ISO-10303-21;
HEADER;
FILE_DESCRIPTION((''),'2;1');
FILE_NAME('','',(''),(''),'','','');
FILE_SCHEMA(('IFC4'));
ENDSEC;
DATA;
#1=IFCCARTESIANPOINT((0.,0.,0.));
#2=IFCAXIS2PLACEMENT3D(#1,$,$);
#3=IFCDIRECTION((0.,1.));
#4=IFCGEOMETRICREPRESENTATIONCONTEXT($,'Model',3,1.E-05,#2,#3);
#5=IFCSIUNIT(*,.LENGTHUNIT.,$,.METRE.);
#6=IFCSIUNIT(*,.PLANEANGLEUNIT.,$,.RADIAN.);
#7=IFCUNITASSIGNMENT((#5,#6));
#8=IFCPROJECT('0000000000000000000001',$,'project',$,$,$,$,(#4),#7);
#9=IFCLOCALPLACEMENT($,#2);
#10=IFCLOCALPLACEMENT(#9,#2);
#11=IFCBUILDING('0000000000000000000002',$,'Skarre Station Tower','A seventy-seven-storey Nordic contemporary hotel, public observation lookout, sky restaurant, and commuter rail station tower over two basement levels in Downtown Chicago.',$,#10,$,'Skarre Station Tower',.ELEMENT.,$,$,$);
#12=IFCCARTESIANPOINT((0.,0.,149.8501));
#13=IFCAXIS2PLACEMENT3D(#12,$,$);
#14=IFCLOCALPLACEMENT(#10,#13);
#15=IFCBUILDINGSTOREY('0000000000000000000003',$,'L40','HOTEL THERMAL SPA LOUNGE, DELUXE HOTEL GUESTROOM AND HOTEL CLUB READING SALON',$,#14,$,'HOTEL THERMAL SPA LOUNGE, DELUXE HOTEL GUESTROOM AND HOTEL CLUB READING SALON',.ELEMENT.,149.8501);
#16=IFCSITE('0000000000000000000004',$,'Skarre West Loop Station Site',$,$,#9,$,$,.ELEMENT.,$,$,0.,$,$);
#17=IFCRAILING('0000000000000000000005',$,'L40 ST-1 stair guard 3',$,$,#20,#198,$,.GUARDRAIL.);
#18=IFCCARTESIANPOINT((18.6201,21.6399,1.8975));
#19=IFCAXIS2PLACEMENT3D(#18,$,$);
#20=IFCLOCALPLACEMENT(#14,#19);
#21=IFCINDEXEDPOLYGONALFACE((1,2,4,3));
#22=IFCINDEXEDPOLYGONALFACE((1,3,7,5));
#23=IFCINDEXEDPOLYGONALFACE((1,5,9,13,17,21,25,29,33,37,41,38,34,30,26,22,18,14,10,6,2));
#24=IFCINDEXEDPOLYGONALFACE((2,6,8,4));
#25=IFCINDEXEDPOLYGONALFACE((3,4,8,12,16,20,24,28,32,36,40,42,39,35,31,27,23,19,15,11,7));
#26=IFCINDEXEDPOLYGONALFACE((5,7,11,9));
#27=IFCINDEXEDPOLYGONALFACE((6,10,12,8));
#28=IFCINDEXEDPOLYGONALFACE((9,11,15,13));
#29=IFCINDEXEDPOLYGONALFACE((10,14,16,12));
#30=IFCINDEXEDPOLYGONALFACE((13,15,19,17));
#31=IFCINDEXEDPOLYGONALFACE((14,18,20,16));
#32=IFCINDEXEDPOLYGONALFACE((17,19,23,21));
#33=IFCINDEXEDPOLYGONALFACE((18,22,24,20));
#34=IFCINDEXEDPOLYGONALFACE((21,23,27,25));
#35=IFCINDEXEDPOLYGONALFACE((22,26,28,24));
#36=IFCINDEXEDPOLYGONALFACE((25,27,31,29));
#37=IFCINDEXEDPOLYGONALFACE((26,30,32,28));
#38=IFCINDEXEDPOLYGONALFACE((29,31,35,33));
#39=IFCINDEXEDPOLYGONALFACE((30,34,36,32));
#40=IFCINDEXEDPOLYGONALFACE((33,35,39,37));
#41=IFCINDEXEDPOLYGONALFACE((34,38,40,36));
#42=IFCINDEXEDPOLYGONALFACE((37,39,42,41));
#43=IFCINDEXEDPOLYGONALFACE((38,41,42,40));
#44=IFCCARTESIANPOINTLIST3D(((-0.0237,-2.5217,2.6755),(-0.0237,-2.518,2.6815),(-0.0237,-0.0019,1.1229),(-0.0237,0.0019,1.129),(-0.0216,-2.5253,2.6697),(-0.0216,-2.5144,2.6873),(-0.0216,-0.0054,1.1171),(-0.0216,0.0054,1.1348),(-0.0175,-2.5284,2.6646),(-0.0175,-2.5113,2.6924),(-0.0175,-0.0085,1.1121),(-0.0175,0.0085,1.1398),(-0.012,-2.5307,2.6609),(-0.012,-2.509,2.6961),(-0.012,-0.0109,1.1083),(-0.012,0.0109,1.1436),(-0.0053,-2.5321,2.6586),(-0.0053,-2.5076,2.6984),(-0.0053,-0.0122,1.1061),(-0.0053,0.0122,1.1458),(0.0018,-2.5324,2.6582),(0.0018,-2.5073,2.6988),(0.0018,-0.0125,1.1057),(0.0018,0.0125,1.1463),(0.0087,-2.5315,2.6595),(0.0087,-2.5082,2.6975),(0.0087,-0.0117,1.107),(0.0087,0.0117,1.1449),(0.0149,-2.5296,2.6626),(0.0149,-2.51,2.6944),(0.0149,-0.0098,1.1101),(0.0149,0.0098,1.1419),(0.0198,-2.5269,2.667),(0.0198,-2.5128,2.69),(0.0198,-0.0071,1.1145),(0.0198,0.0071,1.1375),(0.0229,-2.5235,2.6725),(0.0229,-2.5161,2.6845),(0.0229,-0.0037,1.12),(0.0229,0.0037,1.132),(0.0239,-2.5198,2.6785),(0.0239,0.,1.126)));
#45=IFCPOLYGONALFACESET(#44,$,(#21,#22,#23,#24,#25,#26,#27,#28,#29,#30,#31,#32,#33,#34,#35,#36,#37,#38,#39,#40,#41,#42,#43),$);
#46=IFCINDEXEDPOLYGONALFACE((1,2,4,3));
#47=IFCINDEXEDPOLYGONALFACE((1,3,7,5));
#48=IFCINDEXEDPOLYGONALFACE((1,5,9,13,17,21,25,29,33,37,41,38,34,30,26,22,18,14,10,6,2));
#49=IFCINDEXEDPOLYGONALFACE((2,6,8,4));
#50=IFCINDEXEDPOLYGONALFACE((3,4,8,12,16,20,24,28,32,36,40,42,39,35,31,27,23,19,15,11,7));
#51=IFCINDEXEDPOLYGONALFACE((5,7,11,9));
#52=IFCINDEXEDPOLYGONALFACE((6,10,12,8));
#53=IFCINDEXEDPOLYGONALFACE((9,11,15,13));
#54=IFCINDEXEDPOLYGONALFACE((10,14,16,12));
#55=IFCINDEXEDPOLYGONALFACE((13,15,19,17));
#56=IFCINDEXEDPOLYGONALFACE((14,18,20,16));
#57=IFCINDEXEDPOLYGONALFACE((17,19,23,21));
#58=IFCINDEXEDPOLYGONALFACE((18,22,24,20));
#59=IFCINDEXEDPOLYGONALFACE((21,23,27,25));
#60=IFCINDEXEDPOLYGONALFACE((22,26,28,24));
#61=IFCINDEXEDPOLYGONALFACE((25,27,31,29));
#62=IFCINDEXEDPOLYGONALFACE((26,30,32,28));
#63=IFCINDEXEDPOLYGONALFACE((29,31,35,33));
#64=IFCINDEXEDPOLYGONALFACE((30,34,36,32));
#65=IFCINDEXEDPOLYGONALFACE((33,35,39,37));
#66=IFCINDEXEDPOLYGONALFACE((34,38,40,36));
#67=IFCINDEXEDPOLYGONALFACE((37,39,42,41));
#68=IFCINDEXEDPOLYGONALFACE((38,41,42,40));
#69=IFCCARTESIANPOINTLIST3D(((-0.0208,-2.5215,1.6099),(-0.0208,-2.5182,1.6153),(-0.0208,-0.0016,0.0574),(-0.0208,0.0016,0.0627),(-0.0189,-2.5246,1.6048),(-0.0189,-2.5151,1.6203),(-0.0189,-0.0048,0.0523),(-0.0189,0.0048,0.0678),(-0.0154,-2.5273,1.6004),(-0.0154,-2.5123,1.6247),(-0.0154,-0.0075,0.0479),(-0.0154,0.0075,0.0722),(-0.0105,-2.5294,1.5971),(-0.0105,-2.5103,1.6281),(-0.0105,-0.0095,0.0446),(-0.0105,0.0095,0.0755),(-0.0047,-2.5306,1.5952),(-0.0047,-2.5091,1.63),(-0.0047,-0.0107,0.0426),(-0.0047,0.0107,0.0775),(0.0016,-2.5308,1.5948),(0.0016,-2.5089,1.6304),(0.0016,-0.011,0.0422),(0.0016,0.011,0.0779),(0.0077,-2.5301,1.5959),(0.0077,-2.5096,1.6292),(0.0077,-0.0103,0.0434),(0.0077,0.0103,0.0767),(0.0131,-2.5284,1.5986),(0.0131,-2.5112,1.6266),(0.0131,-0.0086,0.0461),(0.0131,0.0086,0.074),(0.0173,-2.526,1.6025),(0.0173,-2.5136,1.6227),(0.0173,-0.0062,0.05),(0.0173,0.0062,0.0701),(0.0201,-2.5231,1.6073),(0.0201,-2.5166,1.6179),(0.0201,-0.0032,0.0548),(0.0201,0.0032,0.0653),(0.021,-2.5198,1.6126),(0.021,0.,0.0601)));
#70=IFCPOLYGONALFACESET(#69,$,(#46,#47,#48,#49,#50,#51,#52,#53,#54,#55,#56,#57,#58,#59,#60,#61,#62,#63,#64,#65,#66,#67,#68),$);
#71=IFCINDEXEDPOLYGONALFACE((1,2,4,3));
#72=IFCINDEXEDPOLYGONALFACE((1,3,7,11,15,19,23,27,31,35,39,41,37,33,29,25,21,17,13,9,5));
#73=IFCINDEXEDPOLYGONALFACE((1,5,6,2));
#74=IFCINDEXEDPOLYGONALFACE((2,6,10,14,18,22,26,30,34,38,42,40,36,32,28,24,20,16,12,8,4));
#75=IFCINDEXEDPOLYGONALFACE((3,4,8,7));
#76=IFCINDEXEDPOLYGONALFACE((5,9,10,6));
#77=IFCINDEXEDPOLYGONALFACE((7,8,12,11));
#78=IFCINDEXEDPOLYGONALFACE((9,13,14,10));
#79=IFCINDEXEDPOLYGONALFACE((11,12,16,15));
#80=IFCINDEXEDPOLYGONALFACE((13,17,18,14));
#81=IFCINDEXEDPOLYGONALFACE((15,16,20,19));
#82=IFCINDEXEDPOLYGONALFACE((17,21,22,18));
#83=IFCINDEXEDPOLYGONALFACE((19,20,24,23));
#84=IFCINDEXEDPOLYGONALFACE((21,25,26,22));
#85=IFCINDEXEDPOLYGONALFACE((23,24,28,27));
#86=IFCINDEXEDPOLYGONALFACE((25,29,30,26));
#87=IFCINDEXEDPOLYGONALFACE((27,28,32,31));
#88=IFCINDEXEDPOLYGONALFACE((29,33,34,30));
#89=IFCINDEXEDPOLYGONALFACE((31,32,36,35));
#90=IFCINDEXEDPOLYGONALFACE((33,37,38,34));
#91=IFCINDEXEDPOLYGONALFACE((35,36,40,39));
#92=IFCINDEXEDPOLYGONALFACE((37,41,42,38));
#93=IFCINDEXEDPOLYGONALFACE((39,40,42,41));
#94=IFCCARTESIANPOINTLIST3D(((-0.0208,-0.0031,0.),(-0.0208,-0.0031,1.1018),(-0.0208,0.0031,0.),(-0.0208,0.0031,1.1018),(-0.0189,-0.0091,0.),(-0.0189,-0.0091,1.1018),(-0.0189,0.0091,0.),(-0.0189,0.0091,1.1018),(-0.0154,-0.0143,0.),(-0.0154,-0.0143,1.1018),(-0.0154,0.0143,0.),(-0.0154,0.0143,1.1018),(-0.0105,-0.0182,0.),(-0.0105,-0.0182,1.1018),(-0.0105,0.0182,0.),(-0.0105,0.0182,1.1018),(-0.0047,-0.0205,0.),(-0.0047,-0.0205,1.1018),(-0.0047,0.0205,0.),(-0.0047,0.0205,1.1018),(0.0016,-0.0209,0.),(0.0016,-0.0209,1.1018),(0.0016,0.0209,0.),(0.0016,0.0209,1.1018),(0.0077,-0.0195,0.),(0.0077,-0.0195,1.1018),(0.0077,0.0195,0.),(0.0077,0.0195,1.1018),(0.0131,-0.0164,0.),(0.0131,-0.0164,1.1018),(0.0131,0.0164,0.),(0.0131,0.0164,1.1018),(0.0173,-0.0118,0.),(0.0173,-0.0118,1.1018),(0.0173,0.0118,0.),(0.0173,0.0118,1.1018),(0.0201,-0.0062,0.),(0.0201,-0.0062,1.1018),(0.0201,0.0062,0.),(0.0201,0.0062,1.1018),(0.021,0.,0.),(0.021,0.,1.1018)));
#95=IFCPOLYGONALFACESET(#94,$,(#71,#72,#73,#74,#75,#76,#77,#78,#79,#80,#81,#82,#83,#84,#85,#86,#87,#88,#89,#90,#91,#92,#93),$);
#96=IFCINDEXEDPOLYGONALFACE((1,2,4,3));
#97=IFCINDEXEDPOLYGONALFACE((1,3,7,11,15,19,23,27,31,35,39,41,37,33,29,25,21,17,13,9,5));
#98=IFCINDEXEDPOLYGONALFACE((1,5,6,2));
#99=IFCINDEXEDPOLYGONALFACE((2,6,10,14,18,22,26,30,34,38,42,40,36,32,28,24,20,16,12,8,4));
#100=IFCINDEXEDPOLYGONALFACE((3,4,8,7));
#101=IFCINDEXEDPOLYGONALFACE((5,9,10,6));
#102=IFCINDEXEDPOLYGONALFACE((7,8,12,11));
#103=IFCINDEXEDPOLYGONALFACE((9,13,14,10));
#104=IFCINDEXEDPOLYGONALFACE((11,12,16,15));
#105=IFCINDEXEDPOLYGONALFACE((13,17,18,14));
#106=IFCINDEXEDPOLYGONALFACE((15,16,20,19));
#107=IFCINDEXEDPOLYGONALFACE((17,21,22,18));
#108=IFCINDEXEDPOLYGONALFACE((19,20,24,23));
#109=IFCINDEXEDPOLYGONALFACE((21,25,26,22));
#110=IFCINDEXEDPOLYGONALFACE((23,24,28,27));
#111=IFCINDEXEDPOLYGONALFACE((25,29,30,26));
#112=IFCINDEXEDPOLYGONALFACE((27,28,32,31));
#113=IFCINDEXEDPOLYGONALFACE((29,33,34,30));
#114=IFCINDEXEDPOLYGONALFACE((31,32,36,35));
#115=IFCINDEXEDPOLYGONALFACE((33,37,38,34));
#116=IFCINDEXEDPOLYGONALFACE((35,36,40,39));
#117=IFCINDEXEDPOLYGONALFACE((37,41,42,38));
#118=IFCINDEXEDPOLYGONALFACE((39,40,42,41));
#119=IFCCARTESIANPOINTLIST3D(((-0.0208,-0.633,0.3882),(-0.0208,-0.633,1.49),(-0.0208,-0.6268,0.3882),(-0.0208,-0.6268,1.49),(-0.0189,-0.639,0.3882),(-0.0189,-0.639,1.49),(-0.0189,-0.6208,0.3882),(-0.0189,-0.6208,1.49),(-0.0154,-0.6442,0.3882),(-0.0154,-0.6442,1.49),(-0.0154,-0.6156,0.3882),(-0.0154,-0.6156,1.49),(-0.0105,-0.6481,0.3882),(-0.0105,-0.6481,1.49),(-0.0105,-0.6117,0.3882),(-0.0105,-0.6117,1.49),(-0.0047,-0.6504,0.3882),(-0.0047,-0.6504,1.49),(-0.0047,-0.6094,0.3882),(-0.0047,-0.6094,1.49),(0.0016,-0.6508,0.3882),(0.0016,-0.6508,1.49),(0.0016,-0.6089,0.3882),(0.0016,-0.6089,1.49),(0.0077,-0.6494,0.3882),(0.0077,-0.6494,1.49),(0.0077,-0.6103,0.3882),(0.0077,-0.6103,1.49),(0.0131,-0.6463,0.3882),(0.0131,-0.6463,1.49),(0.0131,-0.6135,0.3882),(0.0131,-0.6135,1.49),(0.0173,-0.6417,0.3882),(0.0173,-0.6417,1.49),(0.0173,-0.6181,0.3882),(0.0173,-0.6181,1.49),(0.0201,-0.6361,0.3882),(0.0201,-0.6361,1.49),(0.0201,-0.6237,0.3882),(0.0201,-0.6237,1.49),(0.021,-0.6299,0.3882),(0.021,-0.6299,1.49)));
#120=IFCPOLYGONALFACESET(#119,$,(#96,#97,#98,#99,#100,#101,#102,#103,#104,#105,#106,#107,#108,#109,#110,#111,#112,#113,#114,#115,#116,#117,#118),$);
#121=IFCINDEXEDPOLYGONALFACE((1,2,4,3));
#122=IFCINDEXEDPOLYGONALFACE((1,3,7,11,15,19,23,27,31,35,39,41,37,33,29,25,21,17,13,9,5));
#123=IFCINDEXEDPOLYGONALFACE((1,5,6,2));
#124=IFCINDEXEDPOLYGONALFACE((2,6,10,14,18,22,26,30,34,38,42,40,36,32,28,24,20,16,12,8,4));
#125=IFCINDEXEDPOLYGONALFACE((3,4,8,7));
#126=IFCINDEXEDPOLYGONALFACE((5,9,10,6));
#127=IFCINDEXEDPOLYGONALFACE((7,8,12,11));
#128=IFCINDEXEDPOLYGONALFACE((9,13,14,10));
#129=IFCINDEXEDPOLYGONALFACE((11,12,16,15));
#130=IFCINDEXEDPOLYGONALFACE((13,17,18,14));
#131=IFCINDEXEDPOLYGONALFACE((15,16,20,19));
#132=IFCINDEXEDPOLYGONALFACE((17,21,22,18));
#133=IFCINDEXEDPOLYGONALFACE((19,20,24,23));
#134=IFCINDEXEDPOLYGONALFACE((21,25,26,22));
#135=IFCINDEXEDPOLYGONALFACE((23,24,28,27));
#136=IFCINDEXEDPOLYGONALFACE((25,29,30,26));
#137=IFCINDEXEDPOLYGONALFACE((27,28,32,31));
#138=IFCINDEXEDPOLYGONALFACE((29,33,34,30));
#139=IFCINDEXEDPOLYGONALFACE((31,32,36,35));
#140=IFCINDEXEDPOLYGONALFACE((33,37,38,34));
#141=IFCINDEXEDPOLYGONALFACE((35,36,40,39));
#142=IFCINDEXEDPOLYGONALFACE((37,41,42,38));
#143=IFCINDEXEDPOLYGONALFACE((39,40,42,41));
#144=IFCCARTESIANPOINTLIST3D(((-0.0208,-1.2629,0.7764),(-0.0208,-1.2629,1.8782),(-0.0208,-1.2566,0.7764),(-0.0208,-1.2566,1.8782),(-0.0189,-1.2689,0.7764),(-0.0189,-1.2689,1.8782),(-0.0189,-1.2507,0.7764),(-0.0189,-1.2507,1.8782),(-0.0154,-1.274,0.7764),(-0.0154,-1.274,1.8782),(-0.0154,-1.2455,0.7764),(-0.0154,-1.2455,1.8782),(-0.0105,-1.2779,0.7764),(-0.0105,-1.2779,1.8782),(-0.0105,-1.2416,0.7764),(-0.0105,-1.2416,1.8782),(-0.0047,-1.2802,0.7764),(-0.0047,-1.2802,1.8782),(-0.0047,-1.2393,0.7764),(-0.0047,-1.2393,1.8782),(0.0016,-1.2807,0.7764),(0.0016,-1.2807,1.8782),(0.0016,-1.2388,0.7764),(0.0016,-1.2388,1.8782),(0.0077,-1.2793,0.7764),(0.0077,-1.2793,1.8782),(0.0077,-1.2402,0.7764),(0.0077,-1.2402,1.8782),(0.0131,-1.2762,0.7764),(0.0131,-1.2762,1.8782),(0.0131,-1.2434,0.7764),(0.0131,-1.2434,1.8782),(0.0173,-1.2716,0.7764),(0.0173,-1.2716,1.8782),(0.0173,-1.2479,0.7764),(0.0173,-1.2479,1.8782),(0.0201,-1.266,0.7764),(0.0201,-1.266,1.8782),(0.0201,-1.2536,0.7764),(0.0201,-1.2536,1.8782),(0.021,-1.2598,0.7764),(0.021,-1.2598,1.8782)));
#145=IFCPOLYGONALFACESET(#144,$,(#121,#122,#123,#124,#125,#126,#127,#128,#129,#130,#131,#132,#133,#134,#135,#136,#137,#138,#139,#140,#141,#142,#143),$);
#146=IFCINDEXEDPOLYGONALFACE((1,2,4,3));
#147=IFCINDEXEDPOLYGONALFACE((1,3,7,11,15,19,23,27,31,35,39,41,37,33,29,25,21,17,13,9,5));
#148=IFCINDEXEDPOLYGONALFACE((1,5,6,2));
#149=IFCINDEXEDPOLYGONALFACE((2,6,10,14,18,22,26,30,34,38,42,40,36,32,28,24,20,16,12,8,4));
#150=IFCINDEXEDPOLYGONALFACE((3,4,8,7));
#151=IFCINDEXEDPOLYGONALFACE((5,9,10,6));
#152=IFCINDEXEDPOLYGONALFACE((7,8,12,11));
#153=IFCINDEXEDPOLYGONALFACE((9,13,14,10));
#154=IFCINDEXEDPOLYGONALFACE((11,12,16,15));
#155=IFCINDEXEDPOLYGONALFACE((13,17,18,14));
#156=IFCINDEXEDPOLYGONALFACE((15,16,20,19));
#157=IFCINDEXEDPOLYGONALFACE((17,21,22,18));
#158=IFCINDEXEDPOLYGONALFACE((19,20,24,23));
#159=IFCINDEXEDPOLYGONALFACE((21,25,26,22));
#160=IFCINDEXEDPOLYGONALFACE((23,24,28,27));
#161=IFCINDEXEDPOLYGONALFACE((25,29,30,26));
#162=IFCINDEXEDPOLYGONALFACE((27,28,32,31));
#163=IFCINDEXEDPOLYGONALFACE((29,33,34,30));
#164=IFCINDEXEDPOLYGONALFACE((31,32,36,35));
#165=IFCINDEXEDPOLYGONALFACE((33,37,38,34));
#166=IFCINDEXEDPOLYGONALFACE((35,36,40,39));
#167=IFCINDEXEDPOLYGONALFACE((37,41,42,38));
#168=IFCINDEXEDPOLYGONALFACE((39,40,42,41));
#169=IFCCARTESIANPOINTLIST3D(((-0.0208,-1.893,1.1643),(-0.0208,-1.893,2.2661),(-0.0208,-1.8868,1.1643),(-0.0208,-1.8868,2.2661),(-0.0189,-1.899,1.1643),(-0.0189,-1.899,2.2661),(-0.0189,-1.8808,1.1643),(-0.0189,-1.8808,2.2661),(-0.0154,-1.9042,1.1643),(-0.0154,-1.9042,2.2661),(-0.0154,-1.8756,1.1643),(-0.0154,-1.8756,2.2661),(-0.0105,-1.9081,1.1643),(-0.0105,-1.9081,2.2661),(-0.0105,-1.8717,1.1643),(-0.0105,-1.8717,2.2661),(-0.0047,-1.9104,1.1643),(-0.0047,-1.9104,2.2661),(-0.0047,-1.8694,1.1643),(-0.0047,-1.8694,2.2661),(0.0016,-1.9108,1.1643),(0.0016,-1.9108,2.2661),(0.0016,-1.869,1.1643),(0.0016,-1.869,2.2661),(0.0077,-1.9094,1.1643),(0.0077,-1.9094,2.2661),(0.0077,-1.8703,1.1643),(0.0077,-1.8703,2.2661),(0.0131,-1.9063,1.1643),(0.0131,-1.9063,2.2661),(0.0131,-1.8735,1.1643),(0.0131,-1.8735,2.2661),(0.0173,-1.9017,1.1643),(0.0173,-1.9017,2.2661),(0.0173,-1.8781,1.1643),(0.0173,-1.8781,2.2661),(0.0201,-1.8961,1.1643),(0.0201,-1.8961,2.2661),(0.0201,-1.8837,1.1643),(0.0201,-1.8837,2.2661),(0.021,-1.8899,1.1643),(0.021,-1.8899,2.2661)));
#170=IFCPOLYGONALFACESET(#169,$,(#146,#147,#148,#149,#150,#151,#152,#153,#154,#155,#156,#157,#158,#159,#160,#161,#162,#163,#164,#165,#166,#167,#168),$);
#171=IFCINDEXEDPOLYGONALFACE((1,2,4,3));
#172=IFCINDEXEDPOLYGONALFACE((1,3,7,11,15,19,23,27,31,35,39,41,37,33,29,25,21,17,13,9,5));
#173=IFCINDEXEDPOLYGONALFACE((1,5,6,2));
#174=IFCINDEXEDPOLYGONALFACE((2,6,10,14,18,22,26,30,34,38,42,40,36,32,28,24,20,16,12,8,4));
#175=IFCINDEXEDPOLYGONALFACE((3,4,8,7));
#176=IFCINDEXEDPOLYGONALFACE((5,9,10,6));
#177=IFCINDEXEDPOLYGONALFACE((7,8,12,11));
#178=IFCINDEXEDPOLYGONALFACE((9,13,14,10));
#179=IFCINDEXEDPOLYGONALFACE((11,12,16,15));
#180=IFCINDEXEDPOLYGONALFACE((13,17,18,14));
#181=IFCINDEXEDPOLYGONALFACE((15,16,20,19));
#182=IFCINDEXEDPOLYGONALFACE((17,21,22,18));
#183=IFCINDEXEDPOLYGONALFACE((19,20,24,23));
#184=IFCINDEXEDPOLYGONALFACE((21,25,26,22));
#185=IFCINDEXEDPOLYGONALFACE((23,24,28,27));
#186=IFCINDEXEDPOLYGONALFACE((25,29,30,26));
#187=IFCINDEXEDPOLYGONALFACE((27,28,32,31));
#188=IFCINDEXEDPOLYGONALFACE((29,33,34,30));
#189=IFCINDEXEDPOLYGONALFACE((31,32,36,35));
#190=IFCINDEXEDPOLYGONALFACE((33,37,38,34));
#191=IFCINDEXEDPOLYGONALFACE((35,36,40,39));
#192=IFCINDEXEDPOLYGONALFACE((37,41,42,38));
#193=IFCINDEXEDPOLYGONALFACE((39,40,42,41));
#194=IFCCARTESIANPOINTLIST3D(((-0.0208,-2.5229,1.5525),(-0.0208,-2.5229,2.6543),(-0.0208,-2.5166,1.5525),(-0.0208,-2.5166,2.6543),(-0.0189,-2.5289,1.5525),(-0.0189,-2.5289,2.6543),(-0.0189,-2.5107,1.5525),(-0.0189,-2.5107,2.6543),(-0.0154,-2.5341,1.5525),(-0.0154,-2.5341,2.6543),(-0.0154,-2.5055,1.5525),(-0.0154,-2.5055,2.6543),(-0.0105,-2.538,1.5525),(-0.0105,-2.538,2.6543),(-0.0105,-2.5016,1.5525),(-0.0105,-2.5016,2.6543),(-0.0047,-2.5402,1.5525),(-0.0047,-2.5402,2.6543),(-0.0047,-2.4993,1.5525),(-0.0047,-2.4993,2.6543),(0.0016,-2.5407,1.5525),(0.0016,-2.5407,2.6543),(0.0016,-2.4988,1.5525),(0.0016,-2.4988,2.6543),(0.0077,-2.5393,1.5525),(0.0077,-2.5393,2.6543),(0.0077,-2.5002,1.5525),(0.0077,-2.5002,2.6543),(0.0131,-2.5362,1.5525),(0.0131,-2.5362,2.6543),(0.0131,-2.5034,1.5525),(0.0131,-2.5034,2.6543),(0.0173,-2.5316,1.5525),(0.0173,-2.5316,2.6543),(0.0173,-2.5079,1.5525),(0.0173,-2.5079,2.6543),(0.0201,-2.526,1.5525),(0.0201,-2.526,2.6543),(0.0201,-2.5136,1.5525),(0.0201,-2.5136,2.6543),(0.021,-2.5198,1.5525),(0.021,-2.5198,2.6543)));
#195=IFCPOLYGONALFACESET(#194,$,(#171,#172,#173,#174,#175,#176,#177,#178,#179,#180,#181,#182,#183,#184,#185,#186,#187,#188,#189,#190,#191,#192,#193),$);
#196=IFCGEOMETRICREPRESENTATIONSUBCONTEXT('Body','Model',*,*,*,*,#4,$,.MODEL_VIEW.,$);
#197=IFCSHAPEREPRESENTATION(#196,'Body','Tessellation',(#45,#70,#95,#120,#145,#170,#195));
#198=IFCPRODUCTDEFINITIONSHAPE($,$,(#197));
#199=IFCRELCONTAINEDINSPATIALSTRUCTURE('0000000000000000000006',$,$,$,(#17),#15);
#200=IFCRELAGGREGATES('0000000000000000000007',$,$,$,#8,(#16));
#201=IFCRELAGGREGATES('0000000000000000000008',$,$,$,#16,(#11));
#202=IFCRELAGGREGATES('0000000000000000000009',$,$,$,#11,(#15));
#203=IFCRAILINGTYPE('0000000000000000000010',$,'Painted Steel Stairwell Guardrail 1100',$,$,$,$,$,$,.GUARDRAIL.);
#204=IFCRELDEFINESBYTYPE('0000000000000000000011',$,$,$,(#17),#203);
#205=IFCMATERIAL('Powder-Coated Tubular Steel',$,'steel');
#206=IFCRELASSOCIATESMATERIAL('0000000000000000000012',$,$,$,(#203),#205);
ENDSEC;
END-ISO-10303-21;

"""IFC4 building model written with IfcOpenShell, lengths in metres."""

from ifc_helpers import new_model, si_unit, direction, frame, origin, origin_2d, place, context, subcontext, project, spatial, circle, extrude, material, type_object, element, save


model = new_model("IFC4")

# Units and contexts
model_context = context("Model", 3, precision=1e-05, world=origin(), true_north=direction((0.0, 1.0)))
body_context = subcontext(model_context, "Body", "Model", "MODEL_VIEW")
ifc_project = project(units=[si_unit("LENGTHUNIT", "METRE"), si_unit("PLANEANGLEUNIT", "RADIAN")], contexts=[model_context])

# Site, building, storey
site_placement = place(None, origin())
site = spatial("IfcSite", under=ifc_project, at=site_placement, Name="Skarre West Loop Station Site", CompositionType="ELEMENT", RefElevation=0.0)
building_placement = place(site_placement, origin())
building = spatial("IfcBuilding", under=site, at=building_placement, Name="Skarre Station Tower", Description="A seventy-seven-storey Nordic contemporary hotel, public observation lookout, sky restaurant, and commuter rail station tower over two basement levels in Downtown Chicago.", LongName="Skarre Station Tower", CompositionType="ELEMENT")
storey_placement = place(building_placement, frame((0.0, 0.0, 149.8501)))
storey = spatial("IfcBuildingStorey", under=building, at=storey_placement, Name="L40", Description="HOTEL THERMAL SPA LOUNGE, DELUXE HOTEL GUESTROOM AND HOTEL CLUB READING SALON", LongName="HOTEL THERMAL SPA LOUNGE, DELUXE HOTEL GUESTROOM AND HOTEL CLUB READING SALON", CompositionType="ELEMENT", Elevation=149.8501)

# Railing
ifc_material_1 = material(Name="Powder-Coated Tubular Steel", Category="steel")
railing_type_1 = type_object("IfcRailingType", Name="Painted Steel Stairwell Guardrail 1100", PredefinedType="GUARDRAIL", material=ifc_material_1)
railing_1_placement = place(storey_placement, frame((18.6201, 21.6399, 1.8975)))
element("IfcRailing", 1, at=railing_1_placement, inside=storey, type_object=railing_type_1, Name="L40 ST-1 stair guard 3", PredefinedType="GUARDRAIL", context=body_context, shape_type="SweptSolid", body=[
    extrude(circle(Radius=0.0239, at=origin_2d()), frame((0.0, 0.0, 1.126), z_axis=(0.0, -0.851378, 0.524553), x_axis=(1.0, 0.0, 0.0)), (0.0, 0.0, 1.0), 2.9597),
    extrude(circle(Radius=0.021, at=origin_2d()), frame((0.0, 0.0, 0.0601), z_axis=(0.0, -0.851378, 0.524553), x_axis=(1.0, 0.0, 0.0)), (0.0, 0.0, 1.0), 2.9597),
    extrude(circle(Radius=0.021, at=origin_2d()), origin(), (0.0, 0.0, 1.0), 1.1018),
    extrude(circle(Radius=0.021, at=origin_2d()), frame((0.0, -0.6299, 0.3882)), (0.0, 0.0, 1.0), 1.1018),
    extrude(circle(Radius=0.021, at=origin_2d()), frame((0.0, -1.2598, 0.7764)), (0.0, 0.0, 1.0), 1.1018),
    extrude(circle(Radius=0.021, at=origin_2d()), frame((0.0, -1.8899, 1.1643)), (0.0, 0.0, 1.0), 1.1018),
    extrude(circle(Radius=0.021, at=origin_2d()), frame((0.0, -2.5198, 1.5525)), (0.0, 0.0, 1.0), 1.1018),
])

save(model, "model.ifc")
